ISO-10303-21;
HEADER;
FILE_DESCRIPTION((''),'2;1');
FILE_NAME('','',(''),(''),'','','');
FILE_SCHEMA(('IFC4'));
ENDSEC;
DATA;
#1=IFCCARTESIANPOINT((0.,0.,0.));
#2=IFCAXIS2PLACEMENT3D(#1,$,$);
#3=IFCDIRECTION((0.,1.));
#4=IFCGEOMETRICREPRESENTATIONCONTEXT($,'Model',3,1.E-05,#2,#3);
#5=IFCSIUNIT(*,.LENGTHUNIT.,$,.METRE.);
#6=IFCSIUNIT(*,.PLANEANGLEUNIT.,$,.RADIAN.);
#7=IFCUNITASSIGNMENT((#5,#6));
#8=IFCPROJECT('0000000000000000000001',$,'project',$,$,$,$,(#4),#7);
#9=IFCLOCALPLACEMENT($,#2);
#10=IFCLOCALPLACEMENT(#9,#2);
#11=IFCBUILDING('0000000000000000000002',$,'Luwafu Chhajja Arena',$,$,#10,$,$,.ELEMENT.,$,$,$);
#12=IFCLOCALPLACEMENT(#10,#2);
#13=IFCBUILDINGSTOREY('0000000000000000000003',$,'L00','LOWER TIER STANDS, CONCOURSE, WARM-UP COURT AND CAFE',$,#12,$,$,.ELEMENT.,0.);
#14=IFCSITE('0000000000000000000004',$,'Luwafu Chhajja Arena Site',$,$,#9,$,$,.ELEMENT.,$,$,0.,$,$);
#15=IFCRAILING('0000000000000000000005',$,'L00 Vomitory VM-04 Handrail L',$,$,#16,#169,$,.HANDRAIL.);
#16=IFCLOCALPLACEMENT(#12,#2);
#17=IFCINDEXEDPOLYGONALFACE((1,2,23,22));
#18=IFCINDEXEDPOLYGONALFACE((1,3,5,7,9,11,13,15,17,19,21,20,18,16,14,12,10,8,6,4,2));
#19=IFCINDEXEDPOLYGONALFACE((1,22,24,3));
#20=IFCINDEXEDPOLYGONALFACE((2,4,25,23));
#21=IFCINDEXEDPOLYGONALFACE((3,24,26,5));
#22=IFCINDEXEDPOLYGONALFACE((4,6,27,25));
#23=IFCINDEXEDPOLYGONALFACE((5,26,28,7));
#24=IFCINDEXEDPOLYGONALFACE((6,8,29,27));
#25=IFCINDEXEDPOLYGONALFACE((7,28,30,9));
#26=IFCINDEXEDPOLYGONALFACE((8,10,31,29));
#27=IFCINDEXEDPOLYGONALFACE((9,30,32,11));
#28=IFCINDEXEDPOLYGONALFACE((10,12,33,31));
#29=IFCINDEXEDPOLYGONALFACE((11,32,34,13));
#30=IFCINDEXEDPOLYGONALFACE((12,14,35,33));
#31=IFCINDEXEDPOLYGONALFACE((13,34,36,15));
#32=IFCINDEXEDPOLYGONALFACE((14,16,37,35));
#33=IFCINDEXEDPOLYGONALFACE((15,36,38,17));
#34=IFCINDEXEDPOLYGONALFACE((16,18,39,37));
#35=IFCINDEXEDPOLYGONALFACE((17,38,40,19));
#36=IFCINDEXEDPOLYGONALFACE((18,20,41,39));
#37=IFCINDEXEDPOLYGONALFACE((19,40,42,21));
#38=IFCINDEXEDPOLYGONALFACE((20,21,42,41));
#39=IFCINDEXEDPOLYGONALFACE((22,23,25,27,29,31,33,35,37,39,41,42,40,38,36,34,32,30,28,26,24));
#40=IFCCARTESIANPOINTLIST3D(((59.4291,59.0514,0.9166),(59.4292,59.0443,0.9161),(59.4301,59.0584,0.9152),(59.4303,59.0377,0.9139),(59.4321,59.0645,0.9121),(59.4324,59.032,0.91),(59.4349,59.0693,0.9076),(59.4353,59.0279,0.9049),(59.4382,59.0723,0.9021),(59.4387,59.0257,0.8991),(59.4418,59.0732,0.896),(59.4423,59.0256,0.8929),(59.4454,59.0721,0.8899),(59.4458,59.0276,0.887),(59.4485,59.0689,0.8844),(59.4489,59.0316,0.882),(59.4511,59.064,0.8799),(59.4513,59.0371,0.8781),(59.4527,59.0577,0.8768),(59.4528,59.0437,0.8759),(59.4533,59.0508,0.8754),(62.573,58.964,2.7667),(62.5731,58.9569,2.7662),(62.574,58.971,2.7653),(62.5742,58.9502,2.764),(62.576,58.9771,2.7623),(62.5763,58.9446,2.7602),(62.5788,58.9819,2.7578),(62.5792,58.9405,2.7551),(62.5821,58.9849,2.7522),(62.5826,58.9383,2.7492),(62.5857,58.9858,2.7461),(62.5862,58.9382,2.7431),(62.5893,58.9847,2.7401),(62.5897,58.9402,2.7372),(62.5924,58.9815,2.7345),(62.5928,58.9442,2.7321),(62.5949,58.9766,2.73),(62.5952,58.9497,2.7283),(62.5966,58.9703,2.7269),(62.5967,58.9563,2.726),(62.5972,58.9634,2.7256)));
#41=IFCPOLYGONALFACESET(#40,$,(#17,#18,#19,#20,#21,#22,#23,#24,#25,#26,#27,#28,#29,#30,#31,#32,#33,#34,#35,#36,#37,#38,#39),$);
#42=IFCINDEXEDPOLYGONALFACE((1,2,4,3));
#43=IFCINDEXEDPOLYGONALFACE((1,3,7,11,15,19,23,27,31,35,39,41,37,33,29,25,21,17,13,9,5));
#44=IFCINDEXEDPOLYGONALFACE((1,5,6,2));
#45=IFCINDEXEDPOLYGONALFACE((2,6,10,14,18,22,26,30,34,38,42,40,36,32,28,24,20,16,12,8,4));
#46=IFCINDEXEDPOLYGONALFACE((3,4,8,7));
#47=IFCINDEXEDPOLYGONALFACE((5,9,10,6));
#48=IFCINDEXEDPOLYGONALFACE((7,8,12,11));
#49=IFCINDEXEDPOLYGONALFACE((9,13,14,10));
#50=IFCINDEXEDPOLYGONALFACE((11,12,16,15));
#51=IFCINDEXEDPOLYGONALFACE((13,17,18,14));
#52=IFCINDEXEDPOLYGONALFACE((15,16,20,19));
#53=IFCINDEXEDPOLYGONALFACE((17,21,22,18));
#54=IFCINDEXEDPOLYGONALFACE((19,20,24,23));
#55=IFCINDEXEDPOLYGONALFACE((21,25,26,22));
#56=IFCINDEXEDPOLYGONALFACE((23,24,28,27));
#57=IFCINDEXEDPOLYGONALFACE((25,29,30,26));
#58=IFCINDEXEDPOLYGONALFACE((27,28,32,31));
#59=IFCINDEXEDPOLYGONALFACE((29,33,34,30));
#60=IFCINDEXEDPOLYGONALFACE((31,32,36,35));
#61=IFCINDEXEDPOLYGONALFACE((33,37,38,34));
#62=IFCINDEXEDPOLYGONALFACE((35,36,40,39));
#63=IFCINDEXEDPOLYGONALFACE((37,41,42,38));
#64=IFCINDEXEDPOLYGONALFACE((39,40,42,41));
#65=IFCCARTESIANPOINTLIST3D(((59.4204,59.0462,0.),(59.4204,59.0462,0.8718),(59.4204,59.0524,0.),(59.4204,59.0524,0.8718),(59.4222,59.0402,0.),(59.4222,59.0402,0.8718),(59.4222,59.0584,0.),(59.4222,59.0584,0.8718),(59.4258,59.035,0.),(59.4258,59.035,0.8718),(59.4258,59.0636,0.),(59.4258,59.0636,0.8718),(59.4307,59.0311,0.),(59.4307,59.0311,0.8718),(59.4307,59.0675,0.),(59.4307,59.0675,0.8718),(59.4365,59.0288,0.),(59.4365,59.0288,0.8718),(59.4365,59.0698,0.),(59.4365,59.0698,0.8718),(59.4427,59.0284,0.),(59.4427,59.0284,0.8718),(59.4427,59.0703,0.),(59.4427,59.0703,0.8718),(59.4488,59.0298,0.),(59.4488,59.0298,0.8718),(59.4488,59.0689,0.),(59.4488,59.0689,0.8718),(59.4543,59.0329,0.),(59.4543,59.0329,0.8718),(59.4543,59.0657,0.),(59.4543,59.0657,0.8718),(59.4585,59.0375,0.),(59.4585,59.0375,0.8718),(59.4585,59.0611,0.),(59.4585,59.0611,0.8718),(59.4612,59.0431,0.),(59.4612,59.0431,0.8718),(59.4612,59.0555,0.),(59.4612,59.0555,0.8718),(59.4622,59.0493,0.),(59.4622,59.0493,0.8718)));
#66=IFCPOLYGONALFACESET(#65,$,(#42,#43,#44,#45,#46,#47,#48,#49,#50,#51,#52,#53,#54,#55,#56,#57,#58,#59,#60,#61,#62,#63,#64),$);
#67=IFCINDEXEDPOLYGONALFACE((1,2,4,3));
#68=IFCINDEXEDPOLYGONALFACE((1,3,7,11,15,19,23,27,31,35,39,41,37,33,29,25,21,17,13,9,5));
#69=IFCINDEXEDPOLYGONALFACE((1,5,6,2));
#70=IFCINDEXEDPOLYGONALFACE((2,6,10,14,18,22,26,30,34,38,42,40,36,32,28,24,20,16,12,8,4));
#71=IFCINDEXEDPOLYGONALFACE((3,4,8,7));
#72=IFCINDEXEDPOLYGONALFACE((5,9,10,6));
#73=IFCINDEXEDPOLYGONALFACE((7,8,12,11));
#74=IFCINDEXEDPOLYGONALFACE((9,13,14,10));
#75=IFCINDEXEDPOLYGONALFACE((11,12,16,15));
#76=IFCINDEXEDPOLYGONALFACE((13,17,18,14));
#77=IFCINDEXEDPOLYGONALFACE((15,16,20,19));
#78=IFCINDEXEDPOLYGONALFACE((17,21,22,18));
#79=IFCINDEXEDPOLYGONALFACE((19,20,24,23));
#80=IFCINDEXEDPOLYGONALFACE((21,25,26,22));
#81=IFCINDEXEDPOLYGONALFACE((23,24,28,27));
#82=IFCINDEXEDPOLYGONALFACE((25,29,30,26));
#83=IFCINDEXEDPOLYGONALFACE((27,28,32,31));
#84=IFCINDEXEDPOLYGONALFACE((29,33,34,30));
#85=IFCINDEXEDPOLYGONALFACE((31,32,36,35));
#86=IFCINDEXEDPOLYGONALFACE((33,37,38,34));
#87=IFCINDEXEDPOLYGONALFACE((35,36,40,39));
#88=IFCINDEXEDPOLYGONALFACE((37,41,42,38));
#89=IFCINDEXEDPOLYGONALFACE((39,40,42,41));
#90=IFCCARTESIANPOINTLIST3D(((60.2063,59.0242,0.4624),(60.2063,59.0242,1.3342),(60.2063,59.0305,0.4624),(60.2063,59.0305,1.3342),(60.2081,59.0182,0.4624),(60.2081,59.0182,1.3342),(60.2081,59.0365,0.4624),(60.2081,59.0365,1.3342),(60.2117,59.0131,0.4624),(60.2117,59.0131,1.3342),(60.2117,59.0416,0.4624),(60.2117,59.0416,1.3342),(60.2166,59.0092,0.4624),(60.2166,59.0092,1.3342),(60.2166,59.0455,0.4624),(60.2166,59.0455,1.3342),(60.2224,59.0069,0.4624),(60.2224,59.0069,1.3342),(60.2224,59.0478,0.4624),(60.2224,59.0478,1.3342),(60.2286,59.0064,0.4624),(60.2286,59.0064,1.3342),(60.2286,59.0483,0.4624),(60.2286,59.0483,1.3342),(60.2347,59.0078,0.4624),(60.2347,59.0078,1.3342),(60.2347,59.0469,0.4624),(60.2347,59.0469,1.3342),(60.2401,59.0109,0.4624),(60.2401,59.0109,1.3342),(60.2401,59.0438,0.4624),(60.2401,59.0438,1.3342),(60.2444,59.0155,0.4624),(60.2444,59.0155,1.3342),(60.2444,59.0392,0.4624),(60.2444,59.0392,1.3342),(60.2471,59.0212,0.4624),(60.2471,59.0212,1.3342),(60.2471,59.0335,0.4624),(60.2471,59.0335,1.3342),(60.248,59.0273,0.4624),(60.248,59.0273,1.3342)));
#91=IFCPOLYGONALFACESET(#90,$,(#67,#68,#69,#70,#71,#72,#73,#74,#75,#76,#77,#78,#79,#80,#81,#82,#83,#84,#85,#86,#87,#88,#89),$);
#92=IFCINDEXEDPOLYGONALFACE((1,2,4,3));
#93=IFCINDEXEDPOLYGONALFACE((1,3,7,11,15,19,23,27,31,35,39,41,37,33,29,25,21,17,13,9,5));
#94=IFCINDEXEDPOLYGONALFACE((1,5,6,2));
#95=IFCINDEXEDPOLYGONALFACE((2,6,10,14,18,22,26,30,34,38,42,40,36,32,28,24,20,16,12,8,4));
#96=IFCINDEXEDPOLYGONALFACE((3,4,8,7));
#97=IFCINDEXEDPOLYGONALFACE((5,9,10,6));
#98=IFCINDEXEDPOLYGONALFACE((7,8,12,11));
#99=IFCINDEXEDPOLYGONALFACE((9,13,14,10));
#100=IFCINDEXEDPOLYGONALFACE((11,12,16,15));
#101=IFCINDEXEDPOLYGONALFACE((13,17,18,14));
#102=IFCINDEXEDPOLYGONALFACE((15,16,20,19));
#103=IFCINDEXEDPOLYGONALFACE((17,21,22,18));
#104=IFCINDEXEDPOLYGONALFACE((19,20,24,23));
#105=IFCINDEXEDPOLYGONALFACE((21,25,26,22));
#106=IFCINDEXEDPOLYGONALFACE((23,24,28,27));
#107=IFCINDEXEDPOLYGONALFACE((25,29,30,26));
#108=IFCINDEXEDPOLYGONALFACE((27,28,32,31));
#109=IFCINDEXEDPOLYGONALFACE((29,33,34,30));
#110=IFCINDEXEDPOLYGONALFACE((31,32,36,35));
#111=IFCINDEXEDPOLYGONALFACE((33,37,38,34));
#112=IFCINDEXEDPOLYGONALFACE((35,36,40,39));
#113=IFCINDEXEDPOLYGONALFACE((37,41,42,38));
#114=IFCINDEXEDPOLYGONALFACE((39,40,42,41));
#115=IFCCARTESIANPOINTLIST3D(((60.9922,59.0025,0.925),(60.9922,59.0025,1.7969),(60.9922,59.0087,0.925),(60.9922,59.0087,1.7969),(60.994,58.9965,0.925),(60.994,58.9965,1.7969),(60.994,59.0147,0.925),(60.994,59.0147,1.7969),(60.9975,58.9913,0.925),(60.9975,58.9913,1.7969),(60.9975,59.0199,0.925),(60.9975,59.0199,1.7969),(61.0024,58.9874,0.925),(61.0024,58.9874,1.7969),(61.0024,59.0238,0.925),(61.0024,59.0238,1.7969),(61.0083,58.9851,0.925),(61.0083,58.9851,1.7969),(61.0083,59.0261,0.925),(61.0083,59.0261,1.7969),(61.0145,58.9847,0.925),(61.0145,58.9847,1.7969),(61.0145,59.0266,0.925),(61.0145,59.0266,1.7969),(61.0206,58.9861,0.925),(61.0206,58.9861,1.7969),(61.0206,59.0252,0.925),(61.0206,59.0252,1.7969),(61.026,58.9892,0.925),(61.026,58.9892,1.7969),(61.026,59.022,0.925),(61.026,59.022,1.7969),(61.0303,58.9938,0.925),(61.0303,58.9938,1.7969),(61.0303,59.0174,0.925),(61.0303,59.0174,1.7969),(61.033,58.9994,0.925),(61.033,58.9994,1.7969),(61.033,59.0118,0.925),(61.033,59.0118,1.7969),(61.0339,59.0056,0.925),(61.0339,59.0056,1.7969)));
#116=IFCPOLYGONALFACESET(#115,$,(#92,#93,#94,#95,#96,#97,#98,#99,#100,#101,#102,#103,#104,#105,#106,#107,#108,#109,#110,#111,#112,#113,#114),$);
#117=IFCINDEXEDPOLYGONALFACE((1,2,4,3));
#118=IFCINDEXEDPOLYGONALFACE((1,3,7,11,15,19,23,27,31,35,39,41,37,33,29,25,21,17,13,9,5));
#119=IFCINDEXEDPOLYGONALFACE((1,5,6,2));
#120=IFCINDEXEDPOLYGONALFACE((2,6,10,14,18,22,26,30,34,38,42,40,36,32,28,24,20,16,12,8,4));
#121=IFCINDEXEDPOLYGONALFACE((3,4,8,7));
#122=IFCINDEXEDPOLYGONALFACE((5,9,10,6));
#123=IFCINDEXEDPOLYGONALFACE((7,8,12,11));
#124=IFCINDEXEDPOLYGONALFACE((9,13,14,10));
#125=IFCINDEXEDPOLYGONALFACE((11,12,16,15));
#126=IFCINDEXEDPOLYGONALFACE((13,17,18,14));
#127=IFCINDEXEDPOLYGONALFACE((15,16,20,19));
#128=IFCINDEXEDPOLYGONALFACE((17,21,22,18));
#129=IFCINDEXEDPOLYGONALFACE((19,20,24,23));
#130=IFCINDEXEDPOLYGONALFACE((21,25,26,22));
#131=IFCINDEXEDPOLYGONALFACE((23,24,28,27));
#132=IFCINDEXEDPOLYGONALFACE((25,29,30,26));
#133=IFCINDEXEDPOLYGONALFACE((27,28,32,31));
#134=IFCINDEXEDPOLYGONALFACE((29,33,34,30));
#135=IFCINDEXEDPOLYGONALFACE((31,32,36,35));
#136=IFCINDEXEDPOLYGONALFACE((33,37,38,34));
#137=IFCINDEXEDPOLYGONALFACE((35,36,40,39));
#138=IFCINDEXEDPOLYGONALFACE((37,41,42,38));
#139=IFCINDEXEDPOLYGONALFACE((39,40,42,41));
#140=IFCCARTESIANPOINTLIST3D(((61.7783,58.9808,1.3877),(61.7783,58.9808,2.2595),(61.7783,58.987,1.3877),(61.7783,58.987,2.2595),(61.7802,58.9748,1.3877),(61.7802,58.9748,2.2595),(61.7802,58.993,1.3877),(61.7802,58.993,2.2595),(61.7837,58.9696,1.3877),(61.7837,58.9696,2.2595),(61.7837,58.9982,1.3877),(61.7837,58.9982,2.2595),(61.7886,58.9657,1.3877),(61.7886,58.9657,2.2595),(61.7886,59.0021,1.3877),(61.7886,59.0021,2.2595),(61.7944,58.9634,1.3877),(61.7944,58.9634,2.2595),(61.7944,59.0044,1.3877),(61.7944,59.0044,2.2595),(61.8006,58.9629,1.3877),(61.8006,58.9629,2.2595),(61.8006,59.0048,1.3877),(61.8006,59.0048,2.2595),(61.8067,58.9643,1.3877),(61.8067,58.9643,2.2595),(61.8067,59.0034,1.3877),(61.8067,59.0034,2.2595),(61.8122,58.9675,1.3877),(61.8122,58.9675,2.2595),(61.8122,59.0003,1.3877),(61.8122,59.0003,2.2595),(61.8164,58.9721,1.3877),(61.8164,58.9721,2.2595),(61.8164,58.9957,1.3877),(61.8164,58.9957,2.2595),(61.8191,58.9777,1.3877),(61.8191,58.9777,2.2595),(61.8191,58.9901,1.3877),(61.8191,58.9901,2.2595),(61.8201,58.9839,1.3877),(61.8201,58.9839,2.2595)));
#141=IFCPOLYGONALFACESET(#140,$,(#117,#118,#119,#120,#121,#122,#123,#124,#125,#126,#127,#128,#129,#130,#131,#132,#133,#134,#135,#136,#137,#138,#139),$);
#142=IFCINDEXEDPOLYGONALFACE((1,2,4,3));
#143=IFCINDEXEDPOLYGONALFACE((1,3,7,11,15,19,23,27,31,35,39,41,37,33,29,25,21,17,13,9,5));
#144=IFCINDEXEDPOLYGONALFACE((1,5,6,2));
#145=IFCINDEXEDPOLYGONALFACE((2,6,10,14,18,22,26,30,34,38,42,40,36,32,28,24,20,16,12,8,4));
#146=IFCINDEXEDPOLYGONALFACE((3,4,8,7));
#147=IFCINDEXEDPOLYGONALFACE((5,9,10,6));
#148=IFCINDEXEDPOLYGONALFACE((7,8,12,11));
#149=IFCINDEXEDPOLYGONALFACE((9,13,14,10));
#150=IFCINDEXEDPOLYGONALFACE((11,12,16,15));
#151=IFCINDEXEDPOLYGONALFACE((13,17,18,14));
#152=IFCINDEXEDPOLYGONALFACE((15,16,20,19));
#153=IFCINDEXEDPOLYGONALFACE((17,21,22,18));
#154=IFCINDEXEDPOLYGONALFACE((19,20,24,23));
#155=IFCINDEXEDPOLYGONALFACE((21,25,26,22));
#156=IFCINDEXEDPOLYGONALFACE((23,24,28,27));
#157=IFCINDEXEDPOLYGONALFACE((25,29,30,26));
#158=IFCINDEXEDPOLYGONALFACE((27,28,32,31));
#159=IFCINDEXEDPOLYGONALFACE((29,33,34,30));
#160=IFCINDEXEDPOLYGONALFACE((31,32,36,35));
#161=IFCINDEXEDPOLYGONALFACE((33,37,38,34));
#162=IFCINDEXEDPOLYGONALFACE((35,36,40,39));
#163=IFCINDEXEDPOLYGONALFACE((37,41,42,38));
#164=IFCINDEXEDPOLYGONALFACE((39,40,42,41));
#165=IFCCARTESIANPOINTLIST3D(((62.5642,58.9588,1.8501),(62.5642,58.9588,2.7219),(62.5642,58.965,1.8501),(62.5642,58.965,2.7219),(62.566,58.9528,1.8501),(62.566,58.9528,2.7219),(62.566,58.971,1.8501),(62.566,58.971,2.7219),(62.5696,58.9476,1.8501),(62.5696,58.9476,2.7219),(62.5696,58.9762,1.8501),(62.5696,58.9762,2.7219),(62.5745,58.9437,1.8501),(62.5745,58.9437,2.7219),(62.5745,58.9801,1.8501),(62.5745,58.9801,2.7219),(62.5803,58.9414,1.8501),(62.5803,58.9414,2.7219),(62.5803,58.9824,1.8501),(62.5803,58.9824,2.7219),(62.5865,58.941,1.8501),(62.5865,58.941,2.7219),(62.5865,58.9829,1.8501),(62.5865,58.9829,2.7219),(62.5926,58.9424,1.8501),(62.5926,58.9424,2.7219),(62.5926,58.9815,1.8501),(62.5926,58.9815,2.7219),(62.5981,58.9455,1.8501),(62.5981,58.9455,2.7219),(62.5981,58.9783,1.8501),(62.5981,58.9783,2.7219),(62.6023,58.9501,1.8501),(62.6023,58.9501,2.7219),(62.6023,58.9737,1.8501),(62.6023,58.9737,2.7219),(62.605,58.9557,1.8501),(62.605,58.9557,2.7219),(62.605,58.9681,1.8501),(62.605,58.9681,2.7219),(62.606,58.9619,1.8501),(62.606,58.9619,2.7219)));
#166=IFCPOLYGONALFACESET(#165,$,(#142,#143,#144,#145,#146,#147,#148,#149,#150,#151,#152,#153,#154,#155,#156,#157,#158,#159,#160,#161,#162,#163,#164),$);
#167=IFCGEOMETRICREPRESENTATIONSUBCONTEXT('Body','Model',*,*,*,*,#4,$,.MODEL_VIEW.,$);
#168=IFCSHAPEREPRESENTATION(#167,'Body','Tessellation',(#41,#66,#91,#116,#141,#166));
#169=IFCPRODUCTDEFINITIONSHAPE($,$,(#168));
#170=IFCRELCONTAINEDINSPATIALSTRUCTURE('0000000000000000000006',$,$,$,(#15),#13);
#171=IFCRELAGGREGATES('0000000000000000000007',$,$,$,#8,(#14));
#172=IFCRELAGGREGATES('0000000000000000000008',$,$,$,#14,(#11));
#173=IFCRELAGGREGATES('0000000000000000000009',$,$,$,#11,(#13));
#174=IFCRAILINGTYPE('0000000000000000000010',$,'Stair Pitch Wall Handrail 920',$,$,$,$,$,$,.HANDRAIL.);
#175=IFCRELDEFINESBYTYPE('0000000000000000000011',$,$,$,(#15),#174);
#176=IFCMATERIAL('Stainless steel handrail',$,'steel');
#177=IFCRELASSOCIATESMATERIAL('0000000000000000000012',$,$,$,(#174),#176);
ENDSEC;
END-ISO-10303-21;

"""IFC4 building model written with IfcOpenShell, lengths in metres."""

from ifc_helpers import new_model, si_unit, direction, frame, origin, origin_2d, place, context, subcontext, project, spatial, circle, extrude, material, type_object, element, save


model = new_model("IFC4")

# Units and contexts
model_context = context("Model", 3, precision=1e-05, world=origin(), true_north=direction((0.0, 1.0)))
body_context = subcontext(model_context, "Body", "Model", "MODEL_VIEW")
ifc_project = project(units=[si_unit("LENGTHUNIT", "METRE"), si_unit("PLANEANGLEUNIT", "RADIAN")], contexts=[model_context])

# Site, building, storey
site_placement = place(None, origin())
site = spatial("IfcSite", under=ifc_project, at=site_placement, Name="Luwafu Chhajja Arena Site", CompositionType="ELEMENT", RefElevation=0.0)
building_placement = place(site_placement, origin())
building = spatial("IfcBuilding", under=site, at=building_placement, Name="Luwafu Chhajja Arena", CompositionType="ELEMENT")
storey_placement = place(building_placement, origin())
storey = spatial("IfcBuildingStorey", under=building, at=storey_placement, Name="L00", Description="LOWER TIER STANDS, CONCOURSE, WARM-UP COURT AND CAFE", CompositionType="ELEMENT", Elevation=0.0)

# Railing
ifc_material_1 = material(Name="Stainless steel handrail", Category="steel")
railing_type_1 = type_object("IfcRailingType", Name="Stair Pitch Wall Handrail 920", PredefinedType="HANDRAIL", material=ifc_material_1)
railing_1_placement = place(storey_placement, frame((59.4412, 59.0493, 0.0)))
element("IfcRailing", 1, at=railing_1_placement, inside=storey, type_object=railing_type_1, Name="L00 Vomitory VM-04 Handrail L", PredefinedType="HANDRAIL", context=body_context, shape_type="SweptSolid", body=[
    extrude(circle(Radius=0.0239, at=origin_2d()), frame((0.0, 0.0, 0.896), z_axis=(0.861591, -0.023954, 0.507038), x_axis=(0.027791, 0.999614, 0.0)), (0.0, 0.0, 1.0), 3.6489),
    extrude(circle(Radius=0.021, at=origin_2d()), origin(), (0.0, 0.0, 1.0), 0.8718),
    extrude(circle(Radius=0.021, at=origin_2d()), frame((0.7859, -0.022, 0.4624)), (0.0, 0.0, 1.0), 0.8718),
    extrude(circle(Radius=0.021, at=origin_2d()), frame((1.5718, -0.0437, 0.925)), (0.0, 0.0, 1.0), 0.8718),
    extrude(circle(Radius=0.021, at=origin_2d()), frame((2.3579, -0.0654, 1.3877)), (0.0, 0.0, 1.0), 0.8718),
    extrude(circle(Radius=0.021, at=origin_2d()), frame((3.1438, -0.0874, 1.8501)), (0.0, 0.0, 1.0), 0.8718),
])

save(model, "model.ifc")
